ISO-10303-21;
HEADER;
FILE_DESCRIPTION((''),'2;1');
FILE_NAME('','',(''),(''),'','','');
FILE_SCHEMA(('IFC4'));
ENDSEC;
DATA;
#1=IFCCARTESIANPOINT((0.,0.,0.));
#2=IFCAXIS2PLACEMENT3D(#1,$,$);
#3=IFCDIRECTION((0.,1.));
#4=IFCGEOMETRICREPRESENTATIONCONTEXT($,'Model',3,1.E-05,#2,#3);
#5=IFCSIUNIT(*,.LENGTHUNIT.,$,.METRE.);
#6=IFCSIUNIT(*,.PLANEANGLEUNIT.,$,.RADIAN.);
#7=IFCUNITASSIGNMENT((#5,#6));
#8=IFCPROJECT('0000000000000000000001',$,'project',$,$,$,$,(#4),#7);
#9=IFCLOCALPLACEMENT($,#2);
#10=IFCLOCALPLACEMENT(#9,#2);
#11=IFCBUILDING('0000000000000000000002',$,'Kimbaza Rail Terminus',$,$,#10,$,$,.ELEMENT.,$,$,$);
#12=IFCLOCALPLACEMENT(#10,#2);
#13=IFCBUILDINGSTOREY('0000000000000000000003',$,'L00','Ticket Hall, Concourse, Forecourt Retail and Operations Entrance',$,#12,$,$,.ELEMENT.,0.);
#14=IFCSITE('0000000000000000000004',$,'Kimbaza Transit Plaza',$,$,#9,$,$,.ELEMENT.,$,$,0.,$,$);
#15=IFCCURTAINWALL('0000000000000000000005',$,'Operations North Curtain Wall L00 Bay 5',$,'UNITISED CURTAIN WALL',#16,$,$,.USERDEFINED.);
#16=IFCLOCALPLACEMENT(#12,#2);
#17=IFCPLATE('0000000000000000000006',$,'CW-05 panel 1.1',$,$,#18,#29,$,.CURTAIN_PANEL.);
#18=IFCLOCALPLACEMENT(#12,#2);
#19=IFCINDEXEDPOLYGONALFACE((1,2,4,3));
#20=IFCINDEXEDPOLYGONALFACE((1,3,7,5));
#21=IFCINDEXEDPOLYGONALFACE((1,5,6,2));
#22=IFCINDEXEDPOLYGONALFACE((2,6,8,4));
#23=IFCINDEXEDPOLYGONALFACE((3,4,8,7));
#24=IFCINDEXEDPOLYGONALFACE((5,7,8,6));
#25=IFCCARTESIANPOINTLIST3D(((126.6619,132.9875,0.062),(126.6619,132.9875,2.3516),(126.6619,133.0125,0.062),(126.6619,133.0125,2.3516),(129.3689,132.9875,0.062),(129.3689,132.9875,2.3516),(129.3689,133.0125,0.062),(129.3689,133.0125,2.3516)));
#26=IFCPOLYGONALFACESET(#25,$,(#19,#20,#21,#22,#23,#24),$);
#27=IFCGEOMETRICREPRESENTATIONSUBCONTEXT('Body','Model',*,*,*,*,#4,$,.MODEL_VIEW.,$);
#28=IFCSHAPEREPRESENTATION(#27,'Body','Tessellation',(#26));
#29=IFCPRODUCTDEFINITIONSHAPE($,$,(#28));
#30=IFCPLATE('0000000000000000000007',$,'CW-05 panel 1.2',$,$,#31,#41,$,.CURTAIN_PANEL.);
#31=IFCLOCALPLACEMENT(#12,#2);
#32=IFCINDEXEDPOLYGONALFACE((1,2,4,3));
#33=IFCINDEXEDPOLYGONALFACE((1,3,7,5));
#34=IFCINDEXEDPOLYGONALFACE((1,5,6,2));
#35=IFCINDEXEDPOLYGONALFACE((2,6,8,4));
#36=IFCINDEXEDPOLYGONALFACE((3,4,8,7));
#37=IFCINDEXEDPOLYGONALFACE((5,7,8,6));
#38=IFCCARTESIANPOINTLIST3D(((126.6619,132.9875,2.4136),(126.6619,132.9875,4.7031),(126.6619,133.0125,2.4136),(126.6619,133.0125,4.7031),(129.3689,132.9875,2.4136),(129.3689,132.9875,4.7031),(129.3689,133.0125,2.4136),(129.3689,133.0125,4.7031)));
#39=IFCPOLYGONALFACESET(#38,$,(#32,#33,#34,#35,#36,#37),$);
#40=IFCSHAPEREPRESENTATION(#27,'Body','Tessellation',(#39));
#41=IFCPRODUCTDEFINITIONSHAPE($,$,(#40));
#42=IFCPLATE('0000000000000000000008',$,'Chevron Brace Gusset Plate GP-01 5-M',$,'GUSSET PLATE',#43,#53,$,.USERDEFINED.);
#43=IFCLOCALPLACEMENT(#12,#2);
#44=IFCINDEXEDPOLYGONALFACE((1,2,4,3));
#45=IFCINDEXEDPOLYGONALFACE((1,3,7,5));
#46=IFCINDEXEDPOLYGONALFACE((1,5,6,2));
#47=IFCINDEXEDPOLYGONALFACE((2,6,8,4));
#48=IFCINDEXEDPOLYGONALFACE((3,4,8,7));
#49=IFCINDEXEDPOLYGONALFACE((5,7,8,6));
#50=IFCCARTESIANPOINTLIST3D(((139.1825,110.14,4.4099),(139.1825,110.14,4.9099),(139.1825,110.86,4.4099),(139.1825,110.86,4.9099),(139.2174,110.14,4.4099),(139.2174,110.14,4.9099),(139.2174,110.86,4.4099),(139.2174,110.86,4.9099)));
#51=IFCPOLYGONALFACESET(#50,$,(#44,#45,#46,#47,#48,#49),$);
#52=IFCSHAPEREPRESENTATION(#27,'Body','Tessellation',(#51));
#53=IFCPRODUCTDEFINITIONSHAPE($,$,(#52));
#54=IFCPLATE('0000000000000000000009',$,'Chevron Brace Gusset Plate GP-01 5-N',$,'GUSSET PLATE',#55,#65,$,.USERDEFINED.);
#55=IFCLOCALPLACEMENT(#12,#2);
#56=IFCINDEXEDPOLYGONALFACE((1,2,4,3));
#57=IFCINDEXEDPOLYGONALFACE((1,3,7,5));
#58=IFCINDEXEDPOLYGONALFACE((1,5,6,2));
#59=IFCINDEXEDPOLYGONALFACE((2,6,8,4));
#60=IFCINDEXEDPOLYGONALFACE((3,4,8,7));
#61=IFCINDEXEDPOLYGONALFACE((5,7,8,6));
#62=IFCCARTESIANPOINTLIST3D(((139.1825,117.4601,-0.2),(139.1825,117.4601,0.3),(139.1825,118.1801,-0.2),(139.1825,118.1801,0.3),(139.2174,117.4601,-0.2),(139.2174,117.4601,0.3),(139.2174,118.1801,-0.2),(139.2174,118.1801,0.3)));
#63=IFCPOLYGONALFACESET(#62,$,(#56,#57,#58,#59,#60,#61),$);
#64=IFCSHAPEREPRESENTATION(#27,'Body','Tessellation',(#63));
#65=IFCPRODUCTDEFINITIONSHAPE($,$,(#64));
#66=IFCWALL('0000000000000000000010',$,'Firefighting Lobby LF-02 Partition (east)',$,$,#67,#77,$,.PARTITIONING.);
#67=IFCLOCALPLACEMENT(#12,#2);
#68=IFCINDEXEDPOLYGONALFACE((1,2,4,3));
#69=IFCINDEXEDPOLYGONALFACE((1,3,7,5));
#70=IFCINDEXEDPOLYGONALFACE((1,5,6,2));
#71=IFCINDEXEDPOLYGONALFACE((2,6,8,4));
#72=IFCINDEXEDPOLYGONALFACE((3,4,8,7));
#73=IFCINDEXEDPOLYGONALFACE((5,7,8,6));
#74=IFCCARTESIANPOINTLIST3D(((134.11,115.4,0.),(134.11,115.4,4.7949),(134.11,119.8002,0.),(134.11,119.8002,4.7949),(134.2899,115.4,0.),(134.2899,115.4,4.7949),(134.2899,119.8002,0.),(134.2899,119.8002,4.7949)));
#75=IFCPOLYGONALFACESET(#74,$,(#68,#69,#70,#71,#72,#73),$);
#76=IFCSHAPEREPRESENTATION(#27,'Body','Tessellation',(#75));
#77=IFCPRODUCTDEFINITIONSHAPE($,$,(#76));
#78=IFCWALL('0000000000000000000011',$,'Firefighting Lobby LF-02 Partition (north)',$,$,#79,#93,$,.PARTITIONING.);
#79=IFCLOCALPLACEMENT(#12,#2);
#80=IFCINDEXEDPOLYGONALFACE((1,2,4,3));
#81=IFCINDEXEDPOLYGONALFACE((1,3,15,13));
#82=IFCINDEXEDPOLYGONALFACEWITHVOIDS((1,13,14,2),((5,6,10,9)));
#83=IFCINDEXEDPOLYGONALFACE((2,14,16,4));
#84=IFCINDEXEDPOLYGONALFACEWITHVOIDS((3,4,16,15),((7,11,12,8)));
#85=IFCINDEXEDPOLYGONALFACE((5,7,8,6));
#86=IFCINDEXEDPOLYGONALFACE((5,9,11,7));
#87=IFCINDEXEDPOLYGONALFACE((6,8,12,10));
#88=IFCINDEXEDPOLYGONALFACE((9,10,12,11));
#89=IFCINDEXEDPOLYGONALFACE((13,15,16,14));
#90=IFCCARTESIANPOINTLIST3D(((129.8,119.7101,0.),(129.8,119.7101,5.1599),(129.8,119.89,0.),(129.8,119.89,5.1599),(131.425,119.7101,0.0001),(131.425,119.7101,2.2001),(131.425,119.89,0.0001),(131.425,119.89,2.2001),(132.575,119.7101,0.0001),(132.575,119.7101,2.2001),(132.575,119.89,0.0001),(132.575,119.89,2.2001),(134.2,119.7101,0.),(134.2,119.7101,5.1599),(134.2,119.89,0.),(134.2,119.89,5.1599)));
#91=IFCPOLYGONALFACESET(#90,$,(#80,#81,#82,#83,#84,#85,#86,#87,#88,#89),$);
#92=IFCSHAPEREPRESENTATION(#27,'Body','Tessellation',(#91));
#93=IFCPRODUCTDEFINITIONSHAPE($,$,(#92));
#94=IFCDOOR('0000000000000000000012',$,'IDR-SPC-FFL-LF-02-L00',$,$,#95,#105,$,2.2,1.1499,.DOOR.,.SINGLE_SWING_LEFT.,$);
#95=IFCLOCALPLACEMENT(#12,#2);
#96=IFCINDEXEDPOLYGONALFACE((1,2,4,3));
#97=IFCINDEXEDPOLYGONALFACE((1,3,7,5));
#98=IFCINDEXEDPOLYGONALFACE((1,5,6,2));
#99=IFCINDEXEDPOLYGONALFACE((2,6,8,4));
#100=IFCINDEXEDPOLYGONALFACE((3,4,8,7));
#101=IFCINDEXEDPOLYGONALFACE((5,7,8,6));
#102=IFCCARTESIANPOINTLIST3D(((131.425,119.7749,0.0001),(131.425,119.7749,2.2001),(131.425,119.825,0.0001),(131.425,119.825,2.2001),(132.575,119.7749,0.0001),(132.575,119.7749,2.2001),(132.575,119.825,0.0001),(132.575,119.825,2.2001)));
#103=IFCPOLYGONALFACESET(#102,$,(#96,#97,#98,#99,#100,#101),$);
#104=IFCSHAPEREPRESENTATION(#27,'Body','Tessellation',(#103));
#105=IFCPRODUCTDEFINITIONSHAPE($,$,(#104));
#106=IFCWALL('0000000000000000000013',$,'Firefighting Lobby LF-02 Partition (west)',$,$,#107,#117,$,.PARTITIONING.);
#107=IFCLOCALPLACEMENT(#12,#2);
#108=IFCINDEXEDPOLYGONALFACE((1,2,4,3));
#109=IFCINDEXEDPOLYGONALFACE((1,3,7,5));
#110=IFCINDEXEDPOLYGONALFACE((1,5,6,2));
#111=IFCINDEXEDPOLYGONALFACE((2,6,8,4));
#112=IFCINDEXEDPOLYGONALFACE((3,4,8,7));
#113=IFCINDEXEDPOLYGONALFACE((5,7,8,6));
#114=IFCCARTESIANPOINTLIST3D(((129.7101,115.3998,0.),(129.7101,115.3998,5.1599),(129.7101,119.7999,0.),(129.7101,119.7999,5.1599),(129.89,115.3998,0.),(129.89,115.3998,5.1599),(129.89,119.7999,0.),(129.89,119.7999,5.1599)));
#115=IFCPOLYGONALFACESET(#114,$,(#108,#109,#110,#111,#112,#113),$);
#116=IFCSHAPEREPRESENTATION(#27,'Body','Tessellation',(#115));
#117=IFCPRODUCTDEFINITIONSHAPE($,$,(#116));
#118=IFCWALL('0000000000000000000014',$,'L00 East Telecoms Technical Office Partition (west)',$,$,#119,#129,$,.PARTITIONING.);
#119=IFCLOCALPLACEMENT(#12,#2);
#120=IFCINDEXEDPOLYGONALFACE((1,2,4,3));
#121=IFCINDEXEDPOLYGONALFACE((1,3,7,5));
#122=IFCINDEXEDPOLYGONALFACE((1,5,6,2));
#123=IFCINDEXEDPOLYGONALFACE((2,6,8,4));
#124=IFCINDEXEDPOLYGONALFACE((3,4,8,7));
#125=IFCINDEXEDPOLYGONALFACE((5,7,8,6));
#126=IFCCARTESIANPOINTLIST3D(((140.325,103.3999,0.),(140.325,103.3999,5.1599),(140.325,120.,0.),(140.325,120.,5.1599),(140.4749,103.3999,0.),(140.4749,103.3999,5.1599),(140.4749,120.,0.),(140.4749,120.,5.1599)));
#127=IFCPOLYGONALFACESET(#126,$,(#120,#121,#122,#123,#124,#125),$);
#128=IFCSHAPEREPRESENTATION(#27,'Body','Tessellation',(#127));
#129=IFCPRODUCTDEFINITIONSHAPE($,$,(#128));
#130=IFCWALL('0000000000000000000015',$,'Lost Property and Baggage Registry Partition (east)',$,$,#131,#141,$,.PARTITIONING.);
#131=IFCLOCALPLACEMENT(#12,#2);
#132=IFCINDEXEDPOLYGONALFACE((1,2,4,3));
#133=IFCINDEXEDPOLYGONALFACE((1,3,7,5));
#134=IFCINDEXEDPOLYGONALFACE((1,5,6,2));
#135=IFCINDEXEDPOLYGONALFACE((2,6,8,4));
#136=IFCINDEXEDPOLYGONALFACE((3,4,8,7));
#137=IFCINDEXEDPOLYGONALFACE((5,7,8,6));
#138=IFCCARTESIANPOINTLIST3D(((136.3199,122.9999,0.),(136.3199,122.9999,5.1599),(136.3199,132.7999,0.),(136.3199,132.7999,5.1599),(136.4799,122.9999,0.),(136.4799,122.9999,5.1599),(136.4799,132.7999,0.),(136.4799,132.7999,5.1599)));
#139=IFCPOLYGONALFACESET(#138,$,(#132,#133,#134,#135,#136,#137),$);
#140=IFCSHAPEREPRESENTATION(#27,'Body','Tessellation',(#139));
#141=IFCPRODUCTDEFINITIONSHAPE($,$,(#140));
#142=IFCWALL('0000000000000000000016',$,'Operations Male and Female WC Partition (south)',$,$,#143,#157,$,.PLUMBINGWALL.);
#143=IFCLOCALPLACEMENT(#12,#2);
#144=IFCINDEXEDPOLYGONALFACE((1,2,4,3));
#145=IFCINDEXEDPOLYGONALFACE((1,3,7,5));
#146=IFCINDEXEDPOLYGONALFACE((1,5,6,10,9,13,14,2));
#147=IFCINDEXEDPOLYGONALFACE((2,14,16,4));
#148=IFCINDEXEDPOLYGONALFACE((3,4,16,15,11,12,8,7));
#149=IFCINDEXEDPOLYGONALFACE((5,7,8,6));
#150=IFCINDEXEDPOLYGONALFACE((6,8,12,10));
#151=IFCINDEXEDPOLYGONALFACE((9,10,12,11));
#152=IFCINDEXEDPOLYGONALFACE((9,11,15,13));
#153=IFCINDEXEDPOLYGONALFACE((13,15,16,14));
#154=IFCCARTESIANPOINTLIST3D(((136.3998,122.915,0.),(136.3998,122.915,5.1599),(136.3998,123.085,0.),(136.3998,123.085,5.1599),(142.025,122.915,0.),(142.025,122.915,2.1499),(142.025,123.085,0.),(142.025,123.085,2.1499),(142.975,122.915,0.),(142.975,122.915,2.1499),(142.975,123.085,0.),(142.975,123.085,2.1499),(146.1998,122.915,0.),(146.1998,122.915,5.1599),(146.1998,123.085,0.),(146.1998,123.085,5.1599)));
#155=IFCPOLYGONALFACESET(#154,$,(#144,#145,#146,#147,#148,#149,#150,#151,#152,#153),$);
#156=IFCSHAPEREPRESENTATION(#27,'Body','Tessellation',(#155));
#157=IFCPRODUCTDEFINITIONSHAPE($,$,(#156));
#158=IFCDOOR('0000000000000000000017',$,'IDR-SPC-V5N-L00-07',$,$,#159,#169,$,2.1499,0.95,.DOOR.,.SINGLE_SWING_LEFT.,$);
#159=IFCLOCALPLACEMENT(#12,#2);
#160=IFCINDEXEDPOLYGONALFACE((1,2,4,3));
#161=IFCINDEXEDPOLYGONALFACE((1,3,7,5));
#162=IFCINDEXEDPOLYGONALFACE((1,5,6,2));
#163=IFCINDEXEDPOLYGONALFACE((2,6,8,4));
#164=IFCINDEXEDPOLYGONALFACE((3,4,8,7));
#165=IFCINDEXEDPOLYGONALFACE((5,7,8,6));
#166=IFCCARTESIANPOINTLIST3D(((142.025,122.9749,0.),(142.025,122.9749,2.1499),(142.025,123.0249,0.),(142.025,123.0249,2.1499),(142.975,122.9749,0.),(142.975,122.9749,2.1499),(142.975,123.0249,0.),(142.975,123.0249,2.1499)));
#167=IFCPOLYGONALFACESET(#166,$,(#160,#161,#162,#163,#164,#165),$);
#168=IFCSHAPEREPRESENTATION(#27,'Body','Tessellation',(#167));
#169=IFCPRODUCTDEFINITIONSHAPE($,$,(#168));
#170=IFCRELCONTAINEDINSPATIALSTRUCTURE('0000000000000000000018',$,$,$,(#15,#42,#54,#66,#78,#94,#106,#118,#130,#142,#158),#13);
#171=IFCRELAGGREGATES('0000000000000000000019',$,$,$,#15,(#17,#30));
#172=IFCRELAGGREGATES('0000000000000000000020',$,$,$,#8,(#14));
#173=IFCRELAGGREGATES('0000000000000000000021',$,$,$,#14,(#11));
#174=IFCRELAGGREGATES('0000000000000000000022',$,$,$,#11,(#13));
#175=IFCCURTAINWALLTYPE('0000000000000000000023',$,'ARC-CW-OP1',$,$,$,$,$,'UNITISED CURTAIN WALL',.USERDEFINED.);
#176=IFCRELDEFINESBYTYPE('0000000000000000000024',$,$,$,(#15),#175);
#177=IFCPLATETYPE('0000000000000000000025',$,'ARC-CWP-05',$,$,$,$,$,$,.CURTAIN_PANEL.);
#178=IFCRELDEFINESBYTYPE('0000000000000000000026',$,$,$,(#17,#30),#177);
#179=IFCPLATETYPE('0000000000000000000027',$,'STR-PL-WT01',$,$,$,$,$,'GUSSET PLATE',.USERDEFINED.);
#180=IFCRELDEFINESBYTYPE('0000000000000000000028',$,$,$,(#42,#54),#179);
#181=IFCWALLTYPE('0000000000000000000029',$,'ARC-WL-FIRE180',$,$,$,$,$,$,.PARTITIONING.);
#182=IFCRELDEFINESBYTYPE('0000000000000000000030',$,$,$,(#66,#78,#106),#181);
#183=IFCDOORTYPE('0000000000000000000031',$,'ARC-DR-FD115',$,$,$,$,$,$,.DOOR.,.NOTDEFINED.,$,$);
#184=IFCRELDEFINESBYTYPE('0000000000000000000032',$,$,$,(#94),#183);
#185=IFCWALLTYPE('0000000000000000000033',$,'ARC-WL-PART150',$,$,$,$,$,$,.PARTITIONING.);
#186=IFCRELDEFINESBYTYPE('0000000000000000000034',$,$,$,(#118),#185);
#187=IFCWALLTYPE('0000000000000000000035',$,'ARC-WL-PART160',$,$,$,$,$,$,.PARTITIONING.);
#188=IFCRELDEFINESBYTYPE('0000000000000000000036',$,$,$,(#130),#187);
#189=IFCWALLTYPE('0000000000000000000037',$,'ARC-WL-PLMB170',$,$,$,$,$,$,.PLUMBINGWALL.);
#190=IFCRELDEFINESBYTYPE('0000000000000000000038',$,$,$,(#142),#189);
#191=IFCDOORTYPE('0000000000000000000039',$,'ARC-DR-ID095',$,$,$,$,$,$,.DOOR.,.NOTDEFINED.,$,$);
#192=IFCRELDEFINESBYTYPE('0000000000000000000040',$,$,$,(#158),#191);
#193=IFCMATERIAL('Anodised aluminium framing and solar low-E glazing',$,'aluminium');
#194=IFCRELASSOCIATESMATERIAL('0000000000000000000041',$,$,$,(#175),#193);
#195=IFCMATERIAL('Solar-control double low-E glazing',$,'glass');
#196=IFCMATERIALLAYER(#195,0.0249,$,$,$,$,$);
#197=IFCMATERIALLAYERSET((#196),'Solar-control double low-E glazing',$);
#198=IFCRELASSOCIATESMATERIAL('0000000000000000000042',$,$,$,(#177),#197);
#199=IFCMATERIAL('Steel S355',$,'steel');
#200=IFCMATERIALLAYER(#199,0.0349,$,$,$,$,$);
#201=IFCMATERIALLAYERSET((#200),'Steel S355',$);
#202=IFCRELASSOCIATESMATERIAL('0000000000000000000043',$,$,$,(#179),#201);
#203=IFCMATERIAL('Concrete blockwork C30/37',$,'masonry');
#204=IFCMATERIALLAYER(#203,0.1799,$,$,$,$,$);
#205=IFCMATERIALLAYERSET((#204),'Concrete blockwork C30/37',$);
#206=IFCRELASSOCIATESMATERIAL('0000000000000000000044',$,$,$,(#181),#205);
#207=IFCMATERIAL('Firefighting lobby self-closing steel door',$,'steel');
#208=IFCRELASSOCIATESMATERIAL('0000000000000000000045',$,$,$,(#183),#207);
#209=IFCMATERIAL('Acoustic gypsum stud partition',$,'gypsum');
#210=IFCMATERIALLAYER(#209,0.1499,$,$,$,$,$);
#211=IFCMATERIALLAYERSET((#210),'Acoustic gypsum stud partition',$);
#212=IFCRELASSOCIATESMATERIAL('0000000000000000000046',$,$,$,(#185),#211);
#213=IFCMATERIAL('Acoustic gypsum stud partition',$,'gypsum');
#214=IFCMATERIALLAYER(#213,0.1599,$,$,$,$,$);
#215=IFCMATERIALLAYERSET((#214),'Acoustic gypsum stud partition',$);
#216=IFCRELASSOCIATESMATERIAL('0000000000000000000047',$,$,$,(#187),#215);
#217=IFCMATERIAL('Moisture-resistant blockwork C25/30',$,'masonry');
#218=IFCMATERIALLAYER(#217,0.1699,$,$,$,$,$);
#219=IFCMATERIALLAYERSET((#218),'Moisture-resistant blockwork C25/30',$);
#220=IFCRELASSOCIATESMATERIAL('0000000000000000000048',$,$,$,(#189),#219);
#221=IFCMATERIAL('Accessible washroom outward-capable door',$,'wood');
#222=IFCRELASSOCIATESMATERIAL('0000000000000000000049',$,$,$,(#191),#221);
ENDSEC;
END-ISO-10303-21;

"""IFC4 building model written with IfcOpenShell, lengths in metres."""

from ifc_helpers import new_model, si_unit, direction, frame, frame_2d, origin, origin_2d, place, context, subcontext, project, spatial, rectangle, extrude, material, layer, layer_set, type_object, element, fill, aggregate, save


model = new_model("IFC4")

# Units and contexts
model_context = context("Model", 3, precision=1e-05, world=origin(), true_north=direction((0.0, 1.0)))
body_context = subcontext(model_context, "Body", "Model", "MODEL_VIEW")
ifc_project = project(units=[si_unit("LENGTHUNIT", "METRE"), si_unit("PLANEANGLEUNIT", "RADIAN")], contexts=[model_context])

# Site, building, storey
site_placement = place(None, origin())
site = spatial("IfcSite", under=ifc_project, at=site_placement, Name="Kimbaza Transit Plaza", CompositionType="ELEMENT", RefElevation=0.0)
building_placement = place(site_placement, origin())
building = spatial("IfcBuilding", under=site, at=building_placement, Name="Kimbaza Rail Terminus", CompositionType="ELEMENT")
storey_placement = place(building_placement, origin())
storey = spatial("IfcBuildingStorey", under=building, at=storey_placement, Name="L00", Description="Ticket Hall, Concourse, Forecourt Retail and Operations Entrance", CompositionType="ELEMENT", Elevation=0.0)

# Curtain wall
ifc_material_1 = material(Name="Anodised aluminium framing and solar low-E glazing", Category="aluminium")
curtain_wall_type = type_object("IfcCurtainWallType", Name="ARC-CW-OP1", ElementType="UNITISED CURTAIN WALL", PredefinedType="USERDEFINED", material=ifc_material_1)
curtain_wall_placement = place(storey_placement, origin())
curtain_wall = element("IfcCurtainWall", 1, at=curtain_wall_placement, inside=storey, type_object=curtain_wall_type, Name="Operations North Curtain Wall L00 Bay 5", ObjectType="UNITISED CURTAIN WALL", PredefinedType="USERDEFINED")

# Plates
ifc_material_2 = material(Name="Solar-control double low-E glazing", Category="glass")
ifc_layer_1 = layer(ifc_material_2, 0.0249)
ifc_layer_set_1 = layer_set([ifc_layer_1], Name="Solar-control double low-E glazing")
plate_type_1 = type_object("IfcPlateType", Name="ARC-CWP-05", PredefinedType="CURTAIN_PANEL", material=ifc_layer_set_1)
plate_1_placement = place(storey_placement, frame((128.0154, 133.0, 0.062), z_axis=(0.0, 0.0, 1.0), x_axis=(1.0, 0.0, 0.0)))
plate_1 = element("IfcPlate", 2, at=plate_1_placement, type_object=plate_type_1, Name="CW-05 panel 1.1", PredefinedType="CURTAIN_PANEL", context=body_context, shape_type="SweptSolid", body=[
    extrude(rectangle(XDim=2.707, YDim=0.0249, at=origin_2d()), origin(), (0.0, 0.0, 1.0), 2.2896),
])
plate_2_placement = place(storey_placement, frame((128.0154, 133.0, 2.4136), z_axis=(0.0, 0.0, 1.0), x_axis=(1.0, 0.0, 0.0)))
plate_2 = element("IfcPlate", 3, at=plate_2_placement, type_object=plate_type_1, Name="CW-05 panel 1.2", PredefinedType="CURTAIN_PANEL", context=body_context, shape_type="SweptSolid", body=[
    extrude(rectangle(XDim=2.707, YDim=0.0249, at=origin_2d()), origin(), (0.0, 0.0, 1.0), 2.2896),
])
aggregate(curtain_wall, [plate_1, plate_2])

# Plates
ifc_material_3 = material(Name="Steel S355", Category="steel")
ifc_layer_2 = layer(ifc_material_3, 0.0349)
ifc_layer_set_2 = layer_set([ifc_layer_2], Name="Steel S355")
plate_type_2 = type_object("IfcPlateType", Name="STR-PL-WT01", ElementType="GUSSET PLATE", PredefinedType="USERDEFINED", material=ifc_layer_set_2)
for number, where, z_axis, x_axis, name in (
    (4, (139.2, 110.5, 4.4099), (0.0, 0.0, 1.0), (1.0, 0.0, 0.0), "Chevron Brace Gusset Plate GP-01 5-M"),
    (5, (139.2, 117.8201, -0.2), (0.0, 0.0, 1.0), (1.0, 0.0, 0.0), "Chevron Brace Gusset Plate GP-01 5-N"),
):
    element("IfcPlate", number, at=place(storey_placement, frame(where, z_axis=z_axis, x_axis=x_axis)), inside=storey, type_object=plate_type_2, Name=name, ObjectType="GUSSET PLATE", PredefinedType="USERDEFINED", context=body_context, shape_type="SweptSolid", body=[
        extrude(rectangle(XDim=0.0349, YDim=0.72, at=origin_2d()), origin(), (0.0, 0.0, 1.0), 0.5),
    ])

# Wall
ifc_material_4 = material(Name="Concrete blockwork C30/37", Category="masonry")
ifc_layer_3 = layer(ifc_material_4, 0.1799)
ifc_layer_set_3 = layer_set([ifc_layer_3], Name="Concrete blockwork C30/37")
wall_type_1 = type_object("IfcWallType", Name="ARC-WL-FIRE180", PredefinedType="PARTITIONING", material=ifc_layer_set_3)
wall_1_placement = place(storey_placement, frame((134.2, 115.3999, 0.0), z_axis=(0.0, 0.0, 1.0), x_axis=(0.0, 1.0, 0.0)))
element("IfcWall", 6, at=wall_1_placement, inside=storey, type_object=wall_type_1, Name="Firefighting Lobby LF-02 Partition (east)", PredefinedType="PARTITIONING", context=body_context, shape_type="SweptSolid", body=[
    extrude(rectangle(XDim=4.4001, YDim=0.1799, at=frame_2d((2.2002, 0.0))), origin(), (0.0, 0.0, 1.0), 4.7949),
])

# Wall, opening, door
wall_2_placement = place(storey_placement, frame((134.2, 119.8, 0.0), z_axis=(0.0, 0.0, 1.0), x_axis=(-1.0, 0.0, 0.0)))
wall_2 = element("IfcWall", 7, at=wall_2_placement, inside=storey, type_object=wall_type_1, Name="Firefighting Lobby LF-02 Partition (north)", PredefinedType="PARTITIONING", context=body_context, shape_type="SweptSolid", body=[
    extrude(rectangle(XDim=4.3999, YDim=0.1799, at=frame_2d((2.2, 0.0))), origin(), (0.0, 0.0, 1.0), 5.1599),
])
opening_1_placement = place(wall_2_placement, frame((2.7749, 0.0, 0.0), z_axis=(0.0, 0.0, 1.0), x_axis=(-1.0, 0.0, 0.0)))
opening_1 = element("IfcOpeningElement", 8, at=opening_1_placement, cuts=wall_2, PredefinedType="OPENING", context=body_context, shape_type="SweptSolid", body=[
    extrude(rectangle(XDim=1.1499, YDim=2.2, at=frame_2d((0.575, 1.1001))), frame((0.0, 0.0999, 0.0), z_axis=(0.0, -1.0, 0.0), x_axis=(1.0, 0.0, 0.0)), (0.0, 0.0, 1.0), 0.2),
])
ifc_material_5 = material(Name="Firefighting lobby self-closing steel door", Category="steel")
door_type_1 = type_object("IfcDoorType", Name="ARC-DR-FD115", OperationType="NOTDEFINED", PredefinedType="DOOR", material=ifc_material_5)
door_1_placement = place(opening_1_placement, origin())
door_1 = element("IfcDoor", 9, at=door_1_placement, inside=storey, type_object=door_type_1, Name="IDR-SPC-FFL-LF-02-L00", OperationType="SINGLE_SWING_LEFT", OverallHeight=2.2, OverallWidth=1.1499, PredefinedType="DOOR", context=body_context, shape_type="SweptSolid", body=[
    extrude(rectangle(XDim=1.1499, YDim=2.2, at=frame_2d((0.575, 1.1001))), frame((0.0, 0.0249, 0.0), z_axis=(0.0, -1.0, 0.0), x_axis=(1.0, 0.0, 0.0)), (0.0, 0.0, 1.0), 0.05),
])
fill(opening_1, door_1)

# Walls
wall_3_placement = place(storey_placement, frame((129.8, 119.8, 0.0), z_axis=(0.0, 0.0, 1.0), x_axis=(0.0, -1.0, 0.0)))
element("IfcWall", 10, at=wall_3_placement, inside=storey, type_object=wall_type_1, Name="Firefighting Lobby LF-02 Partition (west)", PredefinedType="PARTITIONING", context=body_context, shape_type="SweptSolid", body=[
    extrude(rectangle(XDim=4.4001, YDim=0.1799, at=frame_2d((2.2002, 0.0))), origin(), (0.0, 0.0, 1.0), 5.1599),
])
ifc_material_6 = material(Name="Acoustic gypsum stud partition", Category="gypsum")
ifc_layer_4 = layer(ifc_material_6, 0.1499)
ifc_layer_set_4 = layer_set([ifc_layer_4], Name="Acoustic gypsum stud partition")
wall_type_2 = type_object("IfcWallType", Name="ARC-WL-PART150", PredefinedType="PARTITIONING", material=ifc_layer_set_4)
wall_4_placement = place(storey_placement, frame((140.3999, 120.0, 0.0), z_axis=(0.0, 0.0, 1.0), x_axis=(0.0, -1.0, 0.0)))
element("IfcWall", 11, at=wall_4_placement, inside=storey, type_object=wall_type_2, Name="L00 East Telecoms Technical Office Partition (west)", PredefinedType="PARTITIONING", context=body_context, shape_type="SweptSolid", body=[
    extrude(rectangle(XDim=16.6001, YDim=0.1499, at=frame_2d((8.3, 0.0))), origin(), (0.0, 0.0, 1.0), 5.1599),
])
ifc_material_7 = material(Name="Acoustic gypsum stud partition", Category="gypsum")
ifc_layer_5 = layer(ifc_material_7, 0.1599)
ifc_layer_set_5 = layer_set([ifc_layer_5], Name="Acoustic gypsum stud partition")
wall_type_3 = type_object("IfcWallType", Name="ARC-WL-PART160", PredefinedType="PARTITIONING", material=ifc_layer_set_5)
wall_5_placement = place(storey_placement, frame((136.3999, 123.0, 0.0), z_axis=(0.0, 0.0, 1.0), x_axis=(0.0, 1.0, 0.0)))
element("IfcWall", 12, at=wall_5_placement, inside=storey, type_object=wall_type_3, Name="Lost Property and Baggage Registry Partition (east)", PredefinedType="PARTITIONING", context=body_context, shape_type="SweptSolid", body=[
    extrude(rectangle(XDim=9.8, YDim=0.1599, at=frame_2d((4.8999, 0.0))), origin(), (0.0, 0.0, 1.0), 5.1599),
])

# Wall, opening, door
ifc_material_8 = material(Name="Moisture-resistant blockwork C25/30", Category="masonry")
ifc_layer_6 = layer(ifc_material_8, 0.1699)
ifc_layer_set_6 = layer_set([ifc_layer_6], Name="Moisture-resistant blockwork C25/30")
wall_type_4 = type_object("IfcWallType", Name="ARC-WL-PLMB170", PredefinedType="PLUMBINGWALL", material=ifc_layer_set_6)
wall_6_placement = place(storey_placement, frame((136.3999, 123.0, 0.0), z_axis=(0.0, 0.0, 1.0), x_axis=(1.0, 0.0, 0.0)))
wall_6 = element("IfcWall", 13, at=wall_6_placement, inside=storey, type_object=wall_type_4, Name="Operations Male and Female WC Partition (south)", PredefinedType="PLUMBINGWALL", context=body_context, shape_type="SweptSolid", body=[
    extrude(rectangle(XDim=9.8, YDim=0.1699, at=frame_2d((4.8999, 0.0))), origin(), (0.0, 0.0, 1.0), 5.1599),
])
opening_2_placement = place(wall_6_placement, frame((5.625, 0.0, 0.0)))
opening_2 = element("IfcOpeningElement", 14, at=opening_2_placement, cuts=wall_6, PredefinedType="OPENING", context=body_context, shape_type="SweptSolid", body=[
    extrude(rectangle(XDim=0.95, YDim=2.1499, at=frame_2d((0.4751, 1.075))), frame((0.0, 0.095, 0.0), z_axis=(0.0, -1.0, 0.0), x_axis=(1.0, 0.0, 0.0)), (0.0, 0.0, 1.0), 0.1899),
])
ifc_material_9 = material(Name="Accessible washroom outward-capable door", Category="wood")
door_type_2 = type_object("IfcDoorType", Name="ARC-DR-ID095", OperationType="NOTDEFINED", PredefinedType="DOOR", material=ifc_material_9)
door_2_placement = place(opening_2_placement, origin())
door_2 = element("IfcDoor", 15, at=door_2_placement, inside=storey, type_object=door_type_2, Name="IDR-SPC-V5N-L00-07", OperationType="SINGLE_SWING_LEFT", OverallHeight=2.1499, OverallWidth=0.95, PredefinedType="DOOR", context=body_context, shape_type="SweptSolid", body=[
    extrude(rectangle(XDim=0.95, YDim=2.1499, at=frame_2d((0.4751, 1.075))), frame((0.0, 0.0249, 0.0), z_axis=(0.0, -1.0, 0.0), x_axis=(1.0, 0.0, 0.0)), (0.0, 0.0, 1.0), 0.05),
])
fill(opening_2, door_2)

save(model, "model.ifc")
